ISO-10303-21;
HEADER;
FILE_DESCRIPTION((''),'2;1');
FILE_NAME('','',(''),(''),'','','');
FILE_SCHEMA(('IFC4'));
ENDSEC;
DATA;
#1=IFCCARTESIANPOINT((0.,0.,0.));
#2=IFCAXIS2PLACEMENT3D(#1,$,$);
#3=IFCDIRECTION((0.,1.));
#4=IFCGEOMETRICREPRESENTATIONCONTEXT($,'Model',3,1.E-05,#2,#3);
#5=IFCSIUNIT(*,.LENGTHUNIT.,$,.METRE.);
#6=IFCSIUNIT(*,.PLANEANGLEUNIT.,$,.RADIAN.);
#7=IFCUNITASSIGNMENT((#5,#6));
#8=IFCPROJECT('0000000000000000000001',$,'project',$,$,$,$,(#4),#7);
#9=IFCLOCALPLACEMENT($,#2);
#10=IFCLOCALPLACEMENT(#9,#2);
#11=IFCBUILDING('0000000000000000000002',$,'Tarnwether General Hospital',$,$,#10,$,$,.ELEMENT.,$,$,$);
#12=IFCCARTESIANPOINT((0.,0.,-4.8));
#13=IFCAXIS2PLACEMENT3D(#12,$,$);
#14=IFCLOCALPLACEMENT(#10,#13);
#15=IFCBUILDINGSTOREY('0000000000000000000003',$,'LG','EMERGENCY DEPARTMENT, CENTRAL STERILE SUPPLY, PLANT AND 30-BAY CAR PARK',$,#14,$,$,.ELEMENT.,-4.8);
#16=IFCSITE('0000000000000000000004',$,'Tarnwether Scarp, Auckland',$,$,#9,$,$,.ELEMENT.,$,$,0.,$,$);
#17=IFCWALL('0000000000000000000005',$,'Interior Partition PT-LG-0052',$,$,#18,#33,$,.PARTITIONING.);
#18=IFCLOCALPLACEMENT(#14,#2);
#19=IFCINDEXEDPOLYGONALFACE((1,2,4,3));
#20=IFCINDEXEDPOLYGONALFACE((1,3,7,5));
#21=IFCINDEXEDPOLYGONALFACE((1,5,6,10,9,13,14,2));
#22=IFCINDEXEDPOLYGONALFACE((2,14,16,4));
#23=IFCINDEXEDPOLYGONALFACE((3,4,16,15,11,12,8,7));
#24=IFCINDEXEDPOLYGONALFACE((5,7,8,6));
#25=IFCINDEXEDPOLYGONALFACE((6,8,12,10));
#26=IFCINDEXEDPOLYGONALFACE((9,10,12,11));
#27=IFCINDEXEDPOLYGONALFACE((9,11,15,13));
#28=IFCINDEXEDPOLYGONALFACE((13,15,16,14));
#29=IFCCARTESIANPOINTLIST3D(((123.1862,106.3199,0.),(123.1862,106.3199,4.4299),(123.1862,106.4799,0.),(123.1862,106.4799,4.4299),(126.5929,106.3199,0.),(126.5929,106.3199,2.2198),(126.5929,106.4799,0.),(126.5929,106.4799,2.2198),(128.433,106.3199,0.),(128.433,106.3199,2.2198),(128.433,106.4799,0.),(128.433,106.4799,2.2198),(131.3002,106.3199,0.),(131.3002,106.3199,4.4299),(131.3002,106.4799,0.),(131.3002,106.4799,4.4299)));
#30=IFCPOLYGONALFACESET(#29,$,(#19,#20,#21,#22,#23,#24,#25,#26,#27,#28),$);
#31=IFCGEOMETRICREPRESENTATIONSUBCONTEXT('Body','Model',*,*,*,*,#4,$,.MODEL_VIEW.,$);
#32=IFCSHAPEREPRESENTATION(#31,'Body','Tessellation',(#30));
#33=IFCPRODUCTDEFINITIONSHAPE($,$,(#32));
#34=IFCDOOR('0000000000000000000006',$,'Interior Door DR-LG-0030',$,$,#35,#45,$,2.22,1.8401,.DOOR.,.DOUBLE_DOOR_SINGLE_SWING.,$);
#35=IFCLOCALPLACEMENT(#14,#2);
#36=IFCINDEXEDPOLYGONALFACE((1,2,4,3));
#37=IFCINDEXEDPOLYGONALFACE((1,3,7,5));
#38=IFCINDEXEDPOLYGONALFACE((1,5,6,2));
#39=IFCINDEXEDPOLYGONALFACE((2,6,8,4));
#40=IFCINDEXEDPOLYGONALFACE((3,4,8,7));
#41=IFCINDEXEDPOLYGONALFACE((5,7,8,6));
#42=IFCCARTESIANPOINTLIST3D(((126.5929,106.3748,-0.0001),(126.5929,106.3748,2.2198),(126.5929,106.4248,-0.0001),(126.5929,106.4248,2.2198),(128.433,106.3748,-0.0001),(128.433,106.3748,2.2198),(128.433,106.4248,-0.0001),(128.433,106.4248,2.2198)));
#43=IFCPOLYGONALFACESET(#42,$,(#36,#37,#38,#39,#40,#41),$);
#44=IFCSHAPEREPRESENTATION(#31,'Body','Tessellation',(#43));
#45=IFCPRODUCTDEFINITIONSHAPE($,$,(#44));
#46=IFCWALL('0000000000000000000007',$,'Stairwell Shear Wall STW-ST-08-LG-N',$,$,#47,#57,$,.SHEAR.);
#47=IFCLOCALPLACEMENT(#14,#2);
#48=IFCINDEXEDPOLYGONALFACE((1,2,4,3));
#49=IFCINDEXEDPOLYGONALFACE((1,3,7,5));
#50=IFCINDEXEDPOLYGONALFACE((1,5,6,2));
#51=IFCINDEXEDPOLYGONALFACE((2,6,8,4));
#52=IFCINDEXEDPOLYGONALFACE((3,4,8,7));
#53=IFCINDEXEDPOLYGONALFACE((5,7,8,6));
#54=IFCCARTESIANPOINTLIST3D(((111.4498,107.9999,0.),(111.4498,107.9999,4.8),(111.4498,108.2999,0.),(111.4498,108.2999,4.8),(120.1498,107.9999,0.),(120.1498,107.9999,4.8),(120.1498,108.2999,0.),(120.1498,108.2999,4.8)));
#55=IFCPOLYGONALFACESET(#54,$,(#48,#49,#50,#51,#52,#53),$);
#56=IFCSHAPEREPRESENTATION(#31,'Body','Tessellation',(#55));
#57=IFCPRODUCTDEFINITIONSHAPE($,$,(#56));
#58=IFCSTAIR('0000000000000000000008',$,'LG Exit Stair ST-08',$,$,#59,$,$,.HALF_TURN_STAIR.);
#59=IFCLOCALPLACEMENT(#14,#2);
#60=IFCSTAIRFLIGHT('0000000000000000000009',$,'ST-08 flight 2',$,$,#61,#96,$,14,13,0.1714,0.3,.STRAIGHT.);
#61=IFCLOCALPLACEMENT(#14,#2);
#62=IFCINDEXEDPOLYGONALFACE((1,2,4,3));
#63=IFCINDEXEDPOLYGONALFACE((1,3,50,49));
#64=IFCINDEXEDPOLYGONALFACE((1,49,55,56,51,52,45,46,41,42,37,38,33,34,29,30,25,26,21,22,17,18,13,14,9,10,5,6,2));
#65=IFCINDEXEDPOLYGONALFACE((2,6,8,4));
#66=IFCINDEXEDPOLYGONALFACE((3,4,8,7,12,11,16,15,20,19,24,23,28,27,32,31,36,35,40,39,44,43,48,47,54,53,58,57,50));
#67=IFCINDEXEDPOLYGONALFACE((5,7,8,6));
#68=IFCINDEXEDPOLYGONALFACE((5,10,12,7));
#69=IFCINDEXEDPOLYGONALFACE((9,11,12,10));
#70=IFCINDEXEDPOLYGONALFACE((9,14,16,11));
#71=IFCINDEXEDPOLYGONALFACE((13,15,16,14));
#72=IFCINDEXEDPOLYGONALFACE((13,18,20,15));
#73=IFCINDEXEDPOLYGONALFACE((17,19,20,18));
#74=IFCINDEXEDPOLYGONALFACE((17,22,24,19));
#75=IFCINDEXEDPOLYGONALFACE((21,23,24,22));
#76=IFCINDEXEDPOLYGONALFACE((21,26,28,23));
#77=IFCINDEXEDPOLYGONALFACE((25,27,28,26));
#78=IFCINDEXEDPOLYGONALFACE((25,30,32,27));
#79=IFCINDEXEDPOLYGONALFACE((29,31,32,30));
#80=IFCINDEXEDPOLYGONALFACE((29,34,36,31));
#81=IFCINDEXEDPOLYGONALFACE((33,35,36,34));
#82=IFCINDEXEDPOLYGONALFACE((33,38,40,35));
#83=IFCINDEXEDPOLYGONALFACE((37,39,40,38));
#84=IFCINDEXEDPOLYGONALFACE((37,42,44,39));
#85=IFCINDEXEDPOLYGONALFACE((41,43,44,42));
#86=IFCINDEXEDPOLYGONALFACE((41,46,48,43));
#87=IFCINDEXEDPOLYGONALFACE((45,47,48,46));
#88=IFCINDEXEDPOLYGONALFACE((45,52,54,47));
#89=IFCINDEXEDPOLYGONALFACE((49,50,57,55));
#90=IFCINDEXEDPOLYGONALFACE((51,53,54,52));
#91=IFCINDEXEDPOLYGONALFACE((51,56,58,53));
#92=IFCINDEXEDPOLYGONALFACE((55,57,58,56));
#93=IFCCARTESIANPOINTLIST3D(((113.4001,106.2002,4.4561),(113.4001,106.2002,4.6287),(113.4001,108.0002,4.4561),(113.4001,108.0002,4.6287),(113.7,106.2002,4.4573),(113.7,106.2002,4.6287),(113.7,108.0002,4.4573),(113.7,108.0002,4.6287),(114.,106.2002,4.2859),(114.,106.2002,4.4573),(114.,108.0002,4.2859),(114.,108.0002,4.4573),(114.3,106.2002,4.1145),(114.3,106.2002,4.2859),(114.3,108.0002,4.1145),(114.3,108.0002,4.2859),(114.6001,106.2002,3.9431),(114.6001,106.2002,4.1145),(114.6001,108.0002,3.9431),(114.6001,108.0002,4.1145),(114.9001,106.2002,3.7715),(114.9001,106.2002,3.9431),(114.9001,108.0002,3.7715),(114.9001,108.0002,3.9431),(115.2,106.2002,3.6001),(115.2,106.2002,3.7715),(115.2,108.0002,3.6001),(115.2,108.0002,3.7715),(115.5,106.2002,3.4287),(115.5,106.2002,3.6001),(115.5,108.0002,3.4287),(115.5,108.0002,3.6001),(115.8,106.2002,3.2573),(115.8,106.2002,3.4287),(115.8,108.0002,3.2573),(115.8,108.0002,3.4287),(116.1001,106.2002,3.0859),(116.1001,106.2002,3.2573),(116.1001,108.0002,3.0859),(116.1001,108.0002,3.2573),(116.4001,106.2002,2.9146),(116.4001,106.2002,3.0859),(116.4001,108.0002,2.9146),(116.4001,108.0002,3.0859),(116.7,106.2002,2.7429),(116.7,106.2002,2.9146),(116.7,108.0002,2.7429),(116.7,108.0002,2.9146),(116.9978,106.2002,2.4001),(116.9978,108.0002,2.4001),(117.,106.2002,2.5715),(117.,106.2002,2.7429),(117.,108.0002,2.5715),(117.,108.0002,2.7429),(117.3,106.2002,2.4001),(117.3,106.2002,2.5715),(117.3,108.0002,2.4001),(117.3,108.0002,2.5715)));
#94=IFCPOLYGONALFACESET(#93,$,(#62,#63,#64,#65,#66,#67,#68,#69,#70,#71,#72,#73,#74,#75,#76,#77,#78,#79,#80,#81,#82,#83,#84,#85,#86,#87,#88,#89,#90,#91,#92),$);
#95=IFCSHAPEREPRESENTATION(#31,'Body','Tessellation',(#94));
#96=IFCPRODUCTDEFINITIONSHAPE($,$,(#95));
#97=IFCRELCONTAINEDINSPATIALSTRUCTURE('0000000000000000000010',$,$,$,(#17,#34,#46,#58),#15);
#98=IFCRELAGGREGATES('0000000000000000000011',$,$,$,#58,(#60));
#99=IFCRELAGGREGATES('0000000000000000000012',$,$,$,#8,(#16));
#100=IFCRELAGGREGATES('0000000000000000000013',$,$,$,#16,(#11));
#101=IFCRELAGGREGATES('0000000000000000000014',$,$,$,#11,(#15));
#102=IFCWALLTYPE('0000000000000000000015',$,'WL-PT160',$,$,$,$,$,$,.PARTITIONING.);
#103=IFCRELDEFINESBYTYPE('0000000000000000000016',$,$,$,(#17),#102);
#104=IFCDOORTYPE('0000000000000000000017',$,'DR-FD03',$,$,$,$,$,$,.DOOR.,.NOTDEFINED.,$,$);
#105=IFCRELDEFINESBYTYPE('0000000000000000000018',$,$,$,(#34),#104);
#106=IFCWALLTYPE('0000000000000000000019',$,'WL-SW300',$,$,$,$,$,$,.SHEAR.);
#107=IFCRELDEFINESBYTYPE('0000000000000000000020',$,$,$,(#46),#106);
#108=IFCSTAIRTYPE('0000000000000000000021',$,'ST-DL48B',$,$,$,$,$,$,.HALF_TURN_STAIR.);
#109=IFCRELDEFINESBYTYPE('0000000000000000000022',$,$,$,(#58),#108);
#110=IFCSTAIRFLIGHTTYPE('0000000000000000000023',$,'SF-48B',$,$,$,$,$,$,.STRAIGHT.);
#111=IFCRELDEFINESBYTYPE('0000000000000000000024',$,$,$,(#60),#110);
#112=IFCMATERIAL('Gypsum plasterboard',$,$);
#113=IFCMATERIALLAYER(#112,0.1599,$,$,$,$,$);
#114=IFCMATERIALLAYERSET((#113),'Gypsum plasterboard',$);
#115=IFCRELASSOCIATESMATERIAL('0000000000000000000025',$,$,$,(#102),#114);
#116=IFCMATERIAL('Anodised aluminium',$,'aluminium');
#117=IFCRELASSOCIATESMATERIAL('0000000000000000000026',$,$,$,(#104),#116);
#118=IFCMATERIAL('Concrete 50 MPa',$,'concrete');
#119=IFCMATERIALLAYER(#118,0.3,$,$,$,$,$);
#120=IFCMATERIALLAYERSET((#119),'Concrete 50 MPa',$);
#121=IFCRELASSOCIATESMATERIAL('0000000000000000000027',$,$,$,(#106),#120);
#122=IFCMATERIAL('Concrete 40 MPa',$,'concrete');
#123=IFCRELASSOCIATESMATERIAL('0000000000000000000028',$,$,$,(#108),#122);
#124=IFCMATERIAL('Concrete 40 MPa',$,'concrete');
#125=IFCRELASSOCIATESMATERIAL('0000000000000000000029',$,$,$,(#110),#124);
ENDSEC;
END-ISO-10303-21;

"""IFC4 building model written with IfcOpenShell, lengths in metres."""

from ifc_helpers import new_model, si_unit, direction, frame, frame_2d, origin, place, context, subcontext, project, spatial, polyline, rectangle, outline, extrude, material, layer, layer_set, type_object, element, fill, aggregate, save


model = new_model("IFC4")

# Units and contexts
model_context = context("Model", 3, precision=1e-05, world=origin(), true_north=direction((0.0, 1.0)))
body_context = subcontext(model_context, "Body", "Model", "MODEL_VIEW")
ifc_project = project(units=[si_unit("LENGTHUNIT", "METRE"), si_unit("PLANEANGLEUNIT", "RADIAN")], contexts=[model_context])

# Site, building, storey
site_placement = place(None, origin())
site = spatial("IfcSite", under=ifc_project, at=site_placement, Name="Tarnwether Scarp, Auckland", CompositionType="ELEMENT", RefElevation=0.0)
building_placement = place(site_placement, origin())
building = spatial("IfcBuilding", under=site, at=building_placement, Name="Tarnwether General Hospital", CompositionType="ELEMENT")
storey_placement = place(building_placement, frame((0.0, 0.0, -4.8)))
storey = spatial("IfcBuildingStorey", under=building, at=storey_placement, Name="LG", Description="EMERGENCY DEPARTMENT, CENTRAL STERILE SUPPLY, PLANT AND 30-BAY CAR PARK", CompositionType="ELEMENT", Elevation=-4.8)

# Shared definitions
ifc_material_1 = material(Name="Gypsum plasterboard")
ifc_layer_1 = layer(ifc_material_1, 0.1599)
ifc_layer_set_1 = layer_set([ifc_layer_1], Name="Gypsum plasterboard")
wall_type_1 = type_object("IfcWallType", Name="WL-PT160", PredefinedType="PARTITIONING", material=ifc_layer_set_1)

# Wall, opening, door
wall_1_placement = place(storey_placement, frame((123.186, 106.3999, 0.0), z_axis=(0.0, 0.0, 1.0), x_axis=(1.0, 0.0, 0.0)))
wall_1 = element("IfcWall", 1, at=wall_1_placement, inside=storey, type_object=wall_type_1, Name="Interior Partition PT-LG-0052", PredefinedType="PARTITIONING", context=body_context, shape_type="SweptSolid", body=[
    extrude(rectangle(XDim=8.114, YDim=0.1599, at=frame_2d((4.0571, 0.0))), origin(), (0.0, 0.0, 1.0), 4.4299),
])
opening_placement = place(wall_1_placement, frame((3.407, 0.0, 0.0)))
opening = element("IfcOpeningElement", 2, at=opening_placement, cuts=wall_1, PredefinedType="OPENING", context=body_context, shape_type="SweptSolid", body=[
    extrude(rectangle(XDim=1.8401, YDim=2.22, at=frame_2d((0.9199, 1.1099))), frame((0.0, 0.0898, 0.0), z_axis=(0.0, -1.0, 0.0), x_axis=(1.0, 0.0, 0.0)), (0.0, 0.0, 1.0), 0.1799),
])
ifc_material_2 = material(Name="Anodised aluminium", Category="aluminium")
door_type = type_object("IfcDoorType", Name="DR-FD03", OperationType="NOTDEFINED", PredefinedType="DOOR", material=ifc_material_2)
door_placement = place(opening_placement, origin())
door = element("IfcDoor", 3, at=door_placement, inside=storey, type_object=door_type, Name="Interior Door DR-LG-0030", OperationType="DOUBLE_DOOR_SINGLE_SWING", OverallHeight=2.22, OverallWidth=1.8401, PredefinedType="DOOR", context=body_context, shape_type="SweptSolid", body=[
    extrude(rectangle(XDim=1.8401, YDim=2.22, at=frame_2d((0.9199, 1.1099))), frame((0.0, 0.0249, 0.0), z_axis=(0.0, -1.0, 0.0), x_axis=(1.0, 0.0, 0.0)), (0.0, 0.0, 1.0), 0.05),
])
fill(opening, door)

# Wall
ifc_material_3 = material(Name="Concrete 50 MPa", Category="concrete")
ifc_layer_2 = layer(ifc_material_3, 0.3)
ifc_layer_set_2 = layer_set([ifc_layer_2], Name="Concrete 50 MPa")
wall_type_2 = type_object("IfcWallType", Name="WL-SW300", PredefinedType="SHEAR", material=ifc_layer_set_2)
wall_2_placement = place(storey_placement, frame((120.1499, 108.1499, 0.0), z_axis=(0.0, 0.0, 1.0), x_axis=(-1.0, 0.0, 0.0)))
element("IfcWall", 4, at=wall_2_placement, inside=storey, type_object=wall_type_2, Name="Stairwell Shear Wall STW-ST-08-LG-N", PredefinedType="SHEAR", context=body_context, shape_type="SweptSolid", body=[
    extrude(rectangle(XDim=8.7, YDim=0.3, at=frame_2d((4.3501, 0.0))), origin(), (0.0, 0.0, 1.0), 4.8),
])

# Stair, stair flight
ifc_material_4 = material(Name="Concrete 40 MPa", Category="concrete")
stair_type = type_object("IfcStairType", Name="ST-DL48B", PredefinedType="HALF_TURN_STAIR", material=ifc_material_4)
stair_placement = place(storey_placement, origin())
stair = element("IfcStair", 5, at=stair_placement, inside=storey, type_object=stair_type, Name="LG Exit Stair ST-08", PredefinedType="HALF_TURN_STAIR")
ifc_material_5 = material(Name="Concrete 40 MPa", Category="concrete")
stair_flight_type = type_object("IfcStairFlightType", Name="SF-48B", PredefinedType="STRAIGHT", material=ifc_material_5)
stair_flight_placement = place(storey_placement, frame((117.3, 107.1001, 2.4001), z_axis=(0.0, 0.0, 1.0), x_axis=(-1.0, 0.0, 0.0)))
stair_flight = element("IfcStairFlight", 6, at=stair_flight_placement, type_object=stair_flight_type, Name="ST-08 flight 2", NumberOfRisers=14, NumberOfTreads=13, PredefinedType="STRAIGHT", RiserHeight=0.1714, TreadLength=0.3, context=body_context, shape_type="SweptSolid", body=[
    extrude(outline(polyline([(0.0, 0.0), (0.0, 0.1714), (0.3, 0.1714), (0.3, 0.3428), (0.6001, 0.3428), (0.6001, 0.5144), (0.8999, 0.5144), (0.8999, 0.6858), (1.2, 0.6858), (1.2, 0.8572), (1.5, 0.8572), (1.5, 1.0286), (1.8, 1.0286), (1.8, 1.2), (2.1001, 1.2), (2.1001, 1.3713), (2.3999, 1.3713), (2.3999, 1.543), (2.7, 1.543), (2.7, 1.7144), (3.0, 1.7144), (3.0, 1.8857), (3.3, 1.8857), (3.3, 2.0571), (3.6001, 2.0571), (3.6001, 2.2285), (3.8999, 2.2285), (3.8999, 2.3999), (3.8999, 2.0559), (0.3022, 0.0), (0.0, 0.0)])), frame((0.0, 0.8999, 0.0), z_axis=(0.0, -1.0, 0.0), x_axis=(1.0, 0.0, 0.0)), (0.0, 0.0, 1.0), 1.8),
])
aggregate(stair, [stair_flight])

save(model, "model.ifc")
